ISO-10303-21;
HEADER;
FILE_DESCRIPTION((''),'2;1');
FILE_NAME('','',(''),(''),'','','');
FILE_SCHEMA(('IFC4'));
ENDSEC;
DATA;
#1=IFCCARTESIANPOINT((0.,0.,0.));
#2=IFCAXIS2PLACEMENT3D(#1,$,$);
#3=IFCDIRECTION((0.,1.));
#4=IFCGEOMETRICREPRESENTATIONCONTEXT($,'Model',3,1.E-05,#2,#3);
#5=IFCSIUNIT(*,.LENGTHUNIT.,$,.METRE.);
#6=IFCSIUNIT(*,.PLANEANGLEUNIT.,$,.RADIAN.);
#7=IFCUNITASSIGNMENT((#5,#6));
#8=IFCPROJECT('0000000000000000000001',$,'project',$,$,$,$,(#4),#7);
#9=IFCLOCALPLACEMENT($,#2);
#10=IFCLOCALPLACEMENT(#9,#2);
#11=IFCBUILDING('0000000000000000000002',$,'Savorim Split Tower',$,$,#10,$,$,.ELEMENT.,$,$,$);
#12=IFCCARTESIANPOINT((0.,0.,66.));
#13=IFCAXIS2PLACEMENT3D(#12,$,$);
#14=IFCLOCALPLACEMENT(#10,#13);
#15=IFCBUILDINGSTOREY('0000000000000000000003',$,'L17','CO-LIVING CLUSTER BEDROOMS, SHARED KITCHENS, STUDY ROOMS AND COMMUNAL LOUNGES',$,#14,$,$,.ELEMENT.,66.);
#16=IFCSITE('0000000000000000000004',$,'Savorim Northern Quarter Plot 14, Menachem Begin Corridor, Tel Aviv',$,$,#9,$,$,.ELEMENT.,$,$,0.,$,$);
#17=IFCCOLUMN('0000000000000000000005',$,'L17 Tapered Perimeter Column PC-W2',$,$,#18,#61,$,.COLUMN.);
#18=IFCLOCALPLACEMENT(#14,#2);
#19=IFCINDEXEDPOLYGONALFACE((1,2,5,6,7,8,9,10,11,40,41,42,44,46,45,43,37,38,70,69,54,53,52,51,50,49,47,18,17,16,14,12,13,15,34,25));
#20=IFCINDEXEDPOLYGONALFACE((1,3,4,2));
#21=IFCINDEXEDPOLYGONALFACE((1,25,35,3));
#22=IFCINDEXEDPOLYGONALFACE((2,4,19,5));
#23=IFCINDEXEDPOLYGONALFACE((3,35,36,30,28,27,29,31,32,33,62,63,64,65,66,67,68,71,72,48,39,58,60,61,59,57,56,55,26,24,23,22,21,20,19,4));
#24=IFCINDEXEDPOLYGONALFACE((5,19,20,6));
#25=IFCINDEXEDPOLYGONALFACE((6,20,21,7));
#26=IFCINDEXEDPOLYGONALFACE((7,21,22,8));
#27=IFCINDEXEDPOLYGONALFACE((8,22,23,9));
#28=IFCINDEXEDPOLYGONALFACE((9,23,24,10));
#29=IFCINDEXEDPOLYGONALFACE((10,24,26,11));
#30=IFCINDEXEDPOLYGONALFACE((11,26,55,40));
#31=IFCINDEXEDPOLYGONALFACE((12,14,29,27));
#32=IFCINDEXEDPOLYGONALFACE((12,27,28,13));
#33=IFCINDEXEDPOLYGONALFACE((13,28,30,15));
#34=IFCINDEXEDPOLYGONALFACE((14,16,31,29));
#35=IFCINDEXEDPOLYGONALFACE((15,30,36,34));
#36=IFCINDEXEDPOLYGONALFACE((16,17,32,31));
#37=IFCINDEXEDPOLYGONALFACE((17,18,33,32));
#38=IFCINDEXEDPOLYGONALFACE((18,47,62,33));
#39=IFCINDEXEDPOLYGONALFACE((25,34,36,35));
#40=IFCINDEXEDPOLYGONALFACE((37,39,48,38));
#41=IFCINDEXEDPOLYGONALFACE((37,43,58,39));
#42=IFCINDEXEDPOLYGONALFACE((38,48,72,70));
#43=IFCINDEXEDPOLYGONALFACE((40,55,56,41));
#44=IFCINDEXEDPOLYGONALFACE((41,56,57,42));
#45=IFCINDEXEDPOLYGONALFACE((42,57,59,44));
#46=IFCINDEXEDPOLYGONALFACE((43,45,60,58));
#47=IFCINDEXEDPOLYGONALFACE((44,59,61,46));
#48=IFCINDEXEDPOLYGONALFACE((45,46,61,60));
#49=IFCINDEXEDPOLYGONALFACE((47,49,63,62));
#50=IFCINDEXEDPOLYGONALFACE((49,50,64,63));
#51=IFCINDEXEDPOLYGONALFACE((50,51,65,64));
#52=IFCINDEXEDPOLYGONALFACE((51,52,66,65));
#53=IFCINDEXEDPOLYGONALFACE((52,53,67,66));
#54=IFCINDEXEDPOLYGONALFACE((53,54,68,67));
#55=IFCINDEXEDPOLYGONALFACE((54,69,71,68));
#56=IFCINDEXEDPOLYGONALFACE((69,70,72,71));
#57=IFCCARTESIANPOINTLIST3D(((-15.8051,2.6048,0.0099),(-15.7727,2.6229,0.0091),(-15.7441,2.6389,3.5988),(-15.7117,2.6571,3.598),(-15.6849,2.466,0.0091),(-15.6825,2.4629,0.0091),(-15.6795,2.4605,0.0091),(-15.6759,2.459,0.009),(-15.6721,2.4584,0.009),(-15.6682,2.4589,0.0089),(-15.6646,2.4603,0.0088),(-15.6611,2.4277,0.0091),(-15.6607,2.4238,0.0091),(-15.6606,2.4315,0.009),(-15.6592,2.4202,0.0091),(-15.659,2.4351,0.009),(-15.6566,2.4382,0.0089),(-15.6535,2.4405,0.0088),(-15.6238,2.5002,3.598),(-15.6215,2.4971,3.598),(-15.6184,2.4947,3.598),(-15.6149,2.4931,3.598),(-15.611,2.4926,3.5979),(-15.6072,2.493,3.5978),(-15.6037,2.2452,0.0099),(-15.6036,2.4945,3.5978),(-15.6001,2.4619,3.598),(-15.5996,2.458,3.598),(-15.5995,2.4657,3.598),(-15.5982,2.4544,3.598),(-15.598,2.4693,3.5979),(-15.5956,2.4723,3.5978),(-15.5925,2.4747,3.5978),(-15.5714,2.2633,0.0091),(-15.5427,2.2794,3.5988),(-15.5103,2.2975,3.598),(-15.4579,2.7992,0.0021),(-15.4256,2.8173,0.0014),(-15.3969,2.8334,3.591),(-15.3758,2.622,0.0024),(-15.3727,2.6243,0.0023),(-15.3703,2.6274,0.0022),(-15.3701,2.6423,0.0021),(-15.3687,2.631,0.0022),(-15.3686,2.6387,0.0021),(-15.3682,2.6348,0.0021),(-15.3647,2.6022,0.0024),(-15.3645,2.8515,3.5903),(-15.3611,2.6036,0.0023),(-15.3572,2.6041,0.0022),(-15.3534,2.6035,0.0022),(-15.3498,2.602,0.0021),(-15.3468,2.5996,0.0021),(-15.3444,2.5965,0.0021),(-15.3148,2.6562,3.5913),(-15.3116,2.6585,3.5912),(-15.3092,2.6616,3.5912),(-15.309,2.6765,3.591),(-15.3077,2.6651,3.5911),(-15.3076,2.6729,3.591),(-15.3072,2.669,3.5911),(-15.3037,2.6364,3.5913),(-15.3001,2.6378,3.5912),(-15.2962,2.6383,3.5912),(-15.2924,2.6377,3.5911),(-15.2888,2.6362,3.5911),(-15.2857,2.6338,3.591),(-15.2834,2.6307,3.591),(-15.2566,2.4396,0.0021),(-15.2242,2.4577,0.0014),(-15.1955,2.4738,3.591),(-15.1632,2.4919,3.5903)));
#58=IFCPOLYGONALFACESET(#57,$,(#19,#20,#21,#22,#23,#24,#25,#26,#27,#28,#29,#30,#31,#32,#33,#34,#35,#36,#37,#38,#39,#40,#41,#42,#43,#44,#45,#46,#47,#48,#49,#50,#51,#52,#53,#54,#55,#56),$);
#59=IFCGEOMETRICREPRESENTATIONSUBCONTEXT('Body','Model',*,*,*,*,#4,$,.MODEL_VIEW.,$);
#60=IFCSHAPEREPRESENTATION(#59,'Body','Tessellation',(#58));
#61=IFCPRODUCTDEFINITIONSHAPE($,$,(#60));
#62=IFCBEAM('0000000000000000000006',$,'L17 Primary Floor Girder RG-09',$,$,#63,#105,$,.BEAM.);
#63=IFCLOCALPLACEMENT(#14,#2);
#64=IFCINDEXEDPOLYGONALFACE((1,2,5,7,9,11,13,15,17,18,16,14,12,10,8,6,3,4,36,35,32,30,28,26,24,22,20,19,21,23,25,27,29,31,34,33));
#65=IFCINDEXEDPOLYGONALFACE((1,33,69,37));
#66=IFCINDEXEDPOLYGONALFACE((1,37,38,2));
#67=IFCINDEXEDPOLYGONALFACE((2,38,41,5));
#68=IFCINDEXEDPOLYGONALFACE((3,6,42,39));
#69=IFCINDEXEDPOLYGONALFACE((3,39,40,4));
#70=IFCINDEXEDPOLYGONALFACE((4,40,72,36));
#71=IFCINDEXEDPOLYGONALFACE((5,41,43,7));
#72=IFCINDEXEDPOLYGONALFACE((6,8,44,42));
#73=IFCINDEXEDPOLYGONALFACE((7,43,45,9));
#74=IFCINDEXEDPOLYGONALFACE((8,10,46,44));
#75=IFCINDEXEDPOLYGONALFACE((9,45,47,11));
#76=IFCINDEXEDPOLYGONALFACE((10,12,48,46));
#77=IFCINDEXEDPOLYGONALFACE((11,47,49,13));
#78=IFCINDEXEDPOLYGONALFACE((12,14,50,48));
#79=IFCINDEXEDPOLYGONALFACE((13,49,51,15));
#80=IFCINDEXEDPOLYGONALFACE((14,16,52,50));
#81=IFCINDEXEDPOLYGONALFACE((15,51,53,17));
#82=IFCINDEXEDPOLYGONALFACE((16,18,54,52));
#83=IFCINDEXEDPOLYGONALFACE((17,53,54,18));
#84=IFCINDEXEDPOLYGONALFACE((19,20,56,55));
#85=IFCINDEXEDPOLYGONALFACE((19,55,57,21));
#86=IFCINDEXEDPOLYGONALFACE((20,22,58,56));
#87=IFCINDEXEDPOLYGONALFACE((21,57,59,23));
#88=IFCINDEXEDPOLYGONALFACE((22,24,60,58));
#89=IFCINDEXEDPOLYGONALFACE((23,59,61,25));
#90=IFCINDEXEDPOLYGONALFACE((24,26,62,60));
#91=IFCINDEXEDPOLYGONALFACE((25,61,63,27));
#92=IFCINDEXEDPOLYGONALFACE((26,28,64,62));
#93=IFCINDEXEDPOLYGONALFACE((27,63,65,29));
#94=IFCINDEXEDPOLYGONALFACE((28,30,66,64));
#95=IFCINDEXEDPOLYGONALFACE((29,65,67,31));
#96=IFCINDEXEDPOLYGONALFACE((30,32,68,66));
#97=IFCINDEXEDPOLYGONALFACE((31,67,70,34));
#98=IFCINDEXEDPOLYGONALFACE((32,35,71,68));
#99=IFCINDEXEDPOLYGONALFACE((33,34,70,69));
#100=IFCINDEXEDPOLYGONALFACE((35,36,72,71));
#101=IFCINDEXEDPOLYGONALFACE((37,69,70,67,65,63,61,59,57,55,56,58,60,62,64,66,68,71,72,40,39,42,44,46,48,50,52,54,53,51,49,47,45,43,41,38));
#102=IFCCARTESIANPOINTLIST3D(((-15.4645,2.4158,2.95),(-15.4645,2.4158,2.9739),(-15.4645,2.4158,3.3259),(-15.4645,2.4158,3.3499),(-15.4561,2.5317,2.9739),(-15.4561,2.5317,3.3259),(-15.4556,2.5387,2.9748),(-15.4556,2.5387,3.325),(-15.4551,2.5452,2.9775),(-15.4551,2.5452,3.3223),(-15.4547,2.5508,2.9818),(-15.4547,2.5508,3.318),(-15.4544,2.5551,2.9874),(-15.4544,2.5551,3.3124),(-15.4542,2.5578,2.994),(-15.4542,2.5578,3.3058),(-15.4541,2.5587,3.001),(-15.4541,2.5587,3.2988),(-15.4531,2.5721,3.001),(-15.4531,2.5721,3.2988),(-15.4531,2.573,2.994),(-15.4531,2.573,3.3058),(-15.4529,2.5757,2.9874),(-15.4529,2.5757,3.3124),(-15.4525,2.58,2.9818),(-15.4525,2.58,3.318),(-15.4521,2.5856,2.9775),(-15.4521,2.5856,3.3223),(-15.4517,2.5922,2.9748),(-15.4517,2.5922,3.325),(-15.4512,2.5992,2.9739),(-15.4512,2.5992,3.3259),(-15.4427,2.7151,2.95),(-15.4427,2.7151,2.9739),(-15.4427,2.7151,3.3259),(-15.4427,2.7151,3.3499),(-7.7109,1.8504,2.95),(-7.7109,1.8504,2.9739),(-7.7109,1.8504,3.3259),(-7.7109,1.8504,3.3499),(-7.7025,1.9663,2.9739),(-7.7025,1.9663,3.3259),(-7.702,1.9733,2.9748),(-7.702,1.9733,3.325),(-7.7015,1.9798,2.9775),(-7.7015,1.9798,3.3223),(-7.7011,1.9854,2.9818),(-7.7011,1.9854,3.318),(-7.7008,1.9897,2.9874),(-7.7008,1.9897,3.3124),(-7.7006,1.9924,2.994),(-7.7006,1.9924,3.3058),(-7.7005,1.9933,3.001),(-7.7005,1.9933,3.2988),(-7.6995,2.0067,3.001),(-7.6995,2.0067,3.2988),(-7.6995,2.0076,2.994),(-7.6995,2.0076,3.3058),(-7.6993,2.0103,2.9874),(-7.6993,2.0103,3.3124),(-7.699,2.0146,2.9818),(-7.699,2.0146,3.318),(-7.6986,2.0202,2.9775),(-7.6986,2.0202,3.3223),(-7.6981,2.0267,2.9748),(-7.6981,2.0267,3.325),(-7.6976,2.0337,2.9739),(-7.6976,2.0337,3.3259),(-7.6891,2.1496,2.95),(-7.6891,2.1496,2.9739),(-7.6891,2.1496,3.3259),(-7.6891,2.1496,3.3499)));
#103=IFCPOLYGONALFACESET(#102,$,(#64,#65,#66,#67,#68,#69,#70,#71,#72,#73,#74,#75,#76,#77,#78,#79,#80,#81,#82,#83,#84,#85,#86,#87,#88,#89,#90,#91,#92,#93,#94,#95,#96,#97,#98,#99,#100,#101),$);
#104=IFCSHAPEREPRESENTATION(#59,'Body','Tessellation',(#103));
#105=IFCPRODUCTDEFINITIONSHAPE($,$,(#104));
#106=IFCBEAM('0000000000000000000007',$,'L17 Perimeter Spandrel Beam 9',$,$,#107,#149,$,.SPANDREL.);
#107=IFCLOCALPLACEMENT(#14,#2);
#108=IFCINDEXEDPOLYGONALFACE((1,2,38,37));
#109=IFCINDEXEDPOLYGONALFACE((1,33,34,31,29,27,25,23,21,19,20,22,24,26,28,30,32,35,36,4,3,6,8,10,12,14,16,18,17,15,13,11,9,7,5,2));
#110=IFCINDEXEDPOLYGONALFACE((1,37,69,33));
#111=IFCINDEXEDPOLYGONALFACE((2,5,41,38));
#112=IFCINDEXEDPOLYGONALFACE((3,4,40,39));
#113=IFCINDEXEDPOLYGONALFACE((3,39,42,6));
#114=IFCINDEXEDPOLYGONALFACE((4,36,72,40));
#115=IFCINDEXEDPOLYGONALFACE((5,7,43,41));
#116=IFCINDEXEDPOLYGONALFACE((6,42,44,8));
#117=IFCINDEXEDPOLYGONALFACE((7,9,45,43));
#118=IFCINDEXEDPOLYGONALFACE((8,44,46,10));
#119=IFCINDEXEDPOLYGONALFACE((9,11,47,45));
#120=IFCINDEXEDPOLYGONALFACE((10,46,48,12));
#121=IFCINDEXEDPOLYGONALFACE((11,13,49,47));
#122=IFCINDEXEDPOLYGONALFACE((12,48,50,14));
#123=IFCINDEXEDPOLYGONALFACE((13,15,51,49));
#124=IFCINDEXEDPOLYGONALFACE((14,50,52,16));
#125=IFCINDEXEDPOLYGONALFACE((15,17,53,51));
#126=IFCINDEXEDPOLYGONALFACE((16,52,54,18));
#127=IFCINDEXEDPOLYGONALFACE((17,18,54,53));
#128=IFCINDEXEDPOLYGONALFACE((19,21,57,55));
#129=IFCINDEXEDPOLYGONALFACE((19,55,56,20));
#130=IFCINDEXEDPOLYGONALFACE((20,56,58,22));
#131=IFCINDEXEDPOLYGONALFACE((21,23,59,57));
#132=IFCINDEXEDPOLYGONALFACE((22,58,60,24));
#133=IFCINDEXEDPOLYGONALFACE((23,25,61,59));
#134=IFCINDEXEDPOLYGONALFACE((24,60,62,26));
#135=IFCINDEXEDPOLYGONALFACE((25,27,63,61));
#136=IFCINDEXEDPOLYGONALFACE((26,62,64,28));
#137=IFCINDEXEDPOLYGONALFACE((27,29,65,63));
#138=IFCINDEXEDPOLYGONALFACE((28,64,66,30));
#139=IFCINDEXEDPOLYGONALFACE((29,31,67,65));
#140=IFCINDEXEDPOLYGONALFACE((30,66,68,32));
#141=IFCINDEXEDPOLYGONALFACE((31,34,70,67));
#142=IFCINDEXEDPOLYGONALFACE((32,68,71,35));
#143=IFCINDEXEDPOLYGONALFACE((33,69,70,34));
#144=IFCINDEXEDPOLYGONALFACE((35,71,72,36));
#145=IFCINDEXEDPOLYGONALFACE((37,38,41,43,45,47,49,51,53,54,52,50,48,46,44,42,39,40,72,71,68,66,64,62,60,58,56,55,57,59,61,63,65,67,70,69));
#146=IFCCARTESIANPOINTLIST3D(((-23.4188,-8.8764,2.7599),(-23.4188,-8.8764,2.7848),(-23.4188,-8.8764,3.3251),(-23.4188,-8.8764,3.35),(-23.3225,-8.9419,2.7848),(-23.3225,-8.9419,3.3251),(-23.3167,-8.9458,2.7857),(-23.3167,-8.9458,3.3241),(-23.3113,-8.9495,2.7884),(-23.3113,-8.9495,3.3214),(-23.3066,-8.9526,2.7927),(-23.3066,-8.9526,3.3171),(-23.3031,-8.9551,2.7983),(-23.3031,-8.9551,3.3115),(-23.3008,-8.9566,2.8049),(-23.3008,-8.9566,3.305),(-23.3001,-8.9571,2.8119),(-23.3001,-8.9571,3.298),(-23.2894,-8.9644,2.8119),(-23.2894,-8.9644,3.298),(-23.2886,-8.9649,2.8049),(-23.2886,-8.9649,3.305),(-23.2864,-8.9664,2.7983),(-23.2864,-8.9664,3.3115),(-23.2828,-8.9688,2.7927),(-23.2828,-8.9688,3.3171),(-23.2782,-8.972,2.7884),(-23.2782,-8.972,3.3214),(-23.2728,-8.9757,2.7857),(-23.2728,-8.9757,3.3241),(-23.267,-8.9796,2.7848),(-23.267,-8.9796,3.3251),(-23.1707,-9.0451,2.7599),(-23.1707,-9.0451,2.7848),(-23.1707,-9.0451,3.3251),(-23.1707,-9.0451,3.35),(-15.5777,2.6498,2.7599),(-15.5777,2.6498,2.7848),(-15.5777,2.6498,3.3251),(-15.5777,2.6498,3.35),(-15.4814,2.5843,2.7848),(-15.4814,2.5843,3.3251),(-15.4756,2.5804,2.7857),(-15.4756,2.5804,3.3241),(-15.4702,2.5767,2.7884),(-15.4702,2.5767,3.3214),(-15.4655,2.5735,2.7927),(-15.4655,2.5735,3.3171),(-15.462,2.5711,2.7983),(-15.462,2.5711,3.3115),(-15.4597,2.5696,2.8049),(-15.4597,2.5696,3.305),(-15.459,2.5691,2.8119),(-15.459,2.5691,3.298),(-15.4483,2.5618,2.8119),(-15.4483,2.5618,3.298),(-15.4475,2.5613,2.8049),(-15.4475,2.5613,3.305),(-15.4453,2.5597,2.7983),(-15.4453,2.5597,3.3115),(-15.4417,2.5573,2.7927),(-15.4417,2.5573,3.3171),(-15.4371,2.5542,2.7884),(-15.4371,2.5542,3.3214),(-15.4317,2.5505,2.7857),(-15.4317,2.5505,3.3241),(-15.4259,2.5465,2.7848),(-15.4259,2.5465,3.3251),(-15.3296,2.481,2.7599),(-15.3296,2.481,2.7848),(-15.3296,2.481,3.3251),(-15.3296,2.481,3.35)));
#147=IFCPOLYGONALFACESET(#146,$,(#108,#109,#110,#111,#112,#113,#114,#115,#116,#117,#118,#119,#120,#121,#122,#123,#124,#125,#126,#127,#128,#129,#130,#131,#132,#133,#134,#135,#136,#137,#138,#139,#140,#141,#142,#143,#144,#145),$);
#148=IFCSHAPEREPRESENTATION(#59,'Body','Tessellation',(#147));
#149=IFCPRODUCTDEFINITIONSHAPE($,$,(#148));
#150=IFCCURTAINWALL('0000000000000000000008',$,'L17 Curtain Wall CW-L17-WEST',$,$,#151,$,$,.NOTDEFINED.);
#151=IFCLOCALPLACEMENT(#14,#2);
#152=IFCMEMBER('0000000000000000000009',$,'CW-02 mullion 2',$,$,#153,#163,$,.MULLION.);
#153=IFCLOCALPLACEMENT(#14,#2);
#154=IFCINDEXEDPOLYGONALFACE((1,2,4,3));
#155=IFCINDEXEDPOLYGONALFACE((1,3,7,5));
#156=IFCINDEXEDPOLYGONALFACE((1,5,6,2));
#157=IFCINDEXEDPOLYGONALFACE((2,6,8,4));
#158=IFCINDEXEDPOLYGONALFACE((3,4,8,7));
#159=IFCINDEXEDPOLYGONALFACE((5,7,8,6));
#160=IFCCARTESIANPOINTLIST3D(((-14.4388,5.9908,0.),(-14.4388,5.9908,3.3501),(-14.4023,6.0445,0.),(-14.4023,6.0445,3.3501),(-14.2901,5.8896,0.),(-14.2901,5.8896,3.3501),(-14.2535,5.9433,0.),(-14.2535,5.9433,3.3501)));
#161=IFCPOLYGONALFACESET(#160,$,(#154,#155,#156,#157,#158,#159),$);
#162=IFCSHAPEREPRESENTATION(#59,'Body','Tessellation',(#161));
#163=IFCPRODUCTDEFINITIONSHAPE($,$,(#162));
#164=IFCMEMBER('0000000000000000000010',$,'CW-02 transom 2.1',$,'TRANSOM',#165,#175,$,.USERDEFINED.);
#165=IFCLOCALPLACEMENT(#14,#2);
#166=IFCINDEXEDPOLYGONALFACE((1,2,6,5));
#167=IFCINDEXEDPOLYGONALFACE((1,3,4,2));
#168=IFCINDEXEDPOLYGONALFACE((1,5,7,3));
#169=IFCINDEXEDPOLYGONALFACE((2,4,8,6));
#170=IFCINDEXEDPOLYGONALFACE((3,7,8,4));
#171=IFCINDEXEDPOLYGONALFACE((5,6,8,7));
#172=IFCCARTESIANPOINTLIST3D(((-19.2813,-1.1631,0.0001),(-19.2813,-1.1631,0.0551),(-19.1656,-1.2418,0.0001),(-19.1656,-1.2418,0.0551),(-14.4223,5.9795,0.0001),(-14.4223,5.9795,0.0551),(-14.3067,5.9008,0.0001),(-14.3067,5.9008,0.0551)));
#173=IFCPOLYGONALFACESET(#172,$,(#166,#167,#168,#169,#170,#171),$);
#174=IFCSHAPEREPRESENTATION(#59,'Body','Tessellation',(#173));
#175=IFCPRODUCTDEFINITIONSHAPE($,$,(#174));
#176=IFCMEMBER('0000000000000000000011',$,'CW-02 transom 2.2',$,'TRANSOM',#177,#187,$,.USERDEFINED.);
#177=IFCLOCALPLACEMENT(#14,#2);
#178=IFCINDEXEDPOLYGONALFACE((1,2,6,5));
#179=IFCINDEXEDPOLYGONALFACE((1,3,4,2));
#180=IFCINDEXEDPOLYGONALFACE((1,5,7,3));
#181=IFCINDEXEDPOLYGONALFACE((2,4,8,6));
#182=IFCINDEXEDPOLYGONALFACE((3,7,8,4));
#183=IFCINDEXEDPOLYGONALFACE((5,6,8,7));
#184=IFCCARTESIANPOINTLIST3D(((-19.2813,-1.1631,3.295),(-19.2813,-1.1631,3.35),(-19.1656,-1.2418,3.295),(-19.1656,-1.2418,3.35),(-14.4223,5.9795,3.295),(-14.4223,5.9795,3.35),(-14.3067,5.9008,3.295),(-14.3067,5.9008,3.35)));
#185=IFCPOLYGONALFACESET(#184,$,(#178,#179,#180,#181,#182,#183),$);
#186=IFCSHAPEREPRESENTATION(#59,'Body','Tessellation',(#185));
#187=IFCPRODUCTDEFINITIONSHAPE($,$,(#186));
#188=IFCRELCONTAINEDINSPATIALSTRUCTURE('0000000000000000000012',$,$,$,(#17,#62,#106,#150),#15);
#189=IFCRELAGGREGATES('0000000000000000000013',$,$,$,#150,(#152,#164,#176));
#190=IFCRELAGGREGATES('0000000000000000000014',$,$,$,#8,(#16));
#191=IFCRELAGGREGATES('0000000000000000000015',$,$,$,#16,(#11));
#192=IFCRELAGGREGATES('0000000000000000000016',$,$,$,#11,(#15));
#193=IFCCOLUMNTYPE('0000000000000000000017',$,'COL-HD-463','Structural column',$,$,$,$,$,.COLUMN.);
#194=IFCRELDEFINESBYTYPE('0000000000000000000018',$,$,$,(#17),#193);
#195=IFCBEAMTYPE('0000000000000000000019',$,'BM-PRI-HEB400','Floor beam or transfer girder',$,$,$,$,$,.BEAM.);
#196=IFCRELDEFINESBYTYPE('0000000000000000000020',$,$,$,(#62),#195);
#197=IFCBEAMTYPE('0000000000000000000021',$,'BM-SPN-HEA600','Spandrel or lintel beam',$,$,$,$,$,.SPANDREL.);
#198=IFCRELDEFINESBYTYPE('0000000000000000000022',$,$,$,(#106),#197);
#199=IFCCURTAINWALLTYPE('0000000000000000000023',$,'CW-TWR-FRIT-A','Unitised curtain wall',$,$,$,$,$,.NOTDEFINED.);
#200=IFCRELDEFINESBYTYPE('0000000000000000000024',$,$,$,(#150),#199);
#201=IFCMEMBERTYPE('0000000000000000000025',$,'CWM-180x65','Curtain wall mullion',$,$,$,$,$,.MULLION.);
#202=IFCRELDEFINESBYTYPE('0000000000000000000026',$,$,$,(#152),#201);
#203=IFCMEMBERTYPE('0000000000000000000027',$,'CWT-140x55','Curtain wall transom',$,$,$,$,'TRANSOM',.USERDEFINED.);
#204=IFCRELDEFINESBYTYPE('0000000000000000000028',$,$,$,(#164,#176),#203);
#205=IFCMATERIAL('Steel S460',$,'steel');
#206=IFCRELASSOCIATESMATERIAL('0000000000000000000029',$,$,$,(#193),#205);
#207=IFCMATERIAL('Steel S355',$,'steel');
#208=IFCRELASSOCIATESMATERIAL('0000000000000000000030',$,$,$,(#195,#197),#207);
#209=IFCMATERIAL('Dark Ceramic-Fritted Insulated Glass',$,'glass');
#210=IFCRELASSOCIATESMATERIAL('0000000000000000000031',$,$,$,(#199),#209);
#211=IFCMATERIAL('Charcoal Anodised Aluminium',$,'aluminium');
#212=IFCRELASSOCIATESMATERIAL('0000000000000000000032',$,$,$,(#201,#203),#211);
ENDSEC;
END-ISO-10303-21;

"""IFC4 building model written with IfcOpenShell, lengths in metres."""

from ifc_helpers import new_model, si_unit, direction, frame, origin, origin_2d, place, context, subcontext, project, spatial, rectangle, i_section, extrude, material, material_profile, profile_set, type_object, element, aggregate, save


model = new_model("IFC4")

# Units and contexts
model_context = context("Model", 3, precision=1e-05, world=origin(), true_north=direction((0.0, 1.0)))
body_context = subcontext(model_context, "Body", "Model", "MODEL_VIEW")
ifc_project = project(units=[si_unit("LENGTHUNIT", "METRE"), si_unit("PLANEANGLEUNIT", "RADIAN")], contexts=[model_context])

# Site, building, storey
site_placement = place(None, origin())
site = spatial("IfcSite", under=ifc_project, at=site_placement, Name="Savorim Northern Quarter Plot 14, Menachem Begin Corridor, Tel Aviv", CompositionType="ELEMENT", RefElevation=0.0)
building_placement = place(site_placement, origin())
building = spatial("IfcBuilding", under=site, at=building_placement, Name="Savorim Split Tower", CompositionType="ELEMENT")
storey_placement = place(building_placement, frame((0.0, 0.0, 66.0)))
storey = spatial("IfcBuildingStorey", under=building, at=storey_placement, Name="L17", Description="CO-LIVING CLUSTER BEDROOMS, SHARED KITCHENS, STUDY ROOMS AND COMMUNAL LOUNGES", CompositionType="ELEMENT", Elevation=66.0)

# Column
ifc_material_1 = material(Name="Steel S460", Category="steel")
ifc_material_profile_1 = material_profile(ifc_material_1, i_section(OverallWidth=0.4121, OverallDepth=0.4351, WebThickness=0.0227, FlangeThickness=0.0371, FilletRadius=0.0149, at=origin_2d()), Name="HD 400x463")
ifc_profile_set_1 = profile_set([ifc_material_profile_1], Name="Steel S460")
column_type = type_object("IfcColumnType", Name="COL-HD-463", Description="Structural column", PredefinedType="COLUMN", material=ifc_profile_set_1)
column_placement = place(storey_placement, frame((-15.5146, 2.5312, 0.0056), z_axis=(0.017004, 0.009522, 0.99981), x_axis=(-0.488603, 0.872506, 0.0)))
element("IfcColumn", 1, at=column_placement, inside=storey, type_object=column_type, Name="L17 Tapered Perimeter Column PC-W2", PredefinedType="COLUMN", context=body_context, shape_type="SweptSolid", body=[
    extrude(i_section(OverallWidth=0.4121, OverallDepth=0.4351, WebThickness=0.0227, FlangeThickness=0.0371, FilletRadius=0.0149, at=origin_2d()), origin(), (0.0, 0.0, 1.0), 3.5896),
])

# Beams
ifc_material_2 = material(Name="Steel S355", Category="steel")
ifc_material_profile_2 = material_profile(ifc_material_2, i_section(OverallWidth=0.3, OverallDepth=0.3999, WebThickness=0.0134, FlangeThickness=0.0239, FilletRadius=0.0271, at=origin_2d()), Name="HEB 400")
ifc_profile_set_2 = profile_set([ifc_material_profile_2], Name="Steel S355")
beam_type_1 = type_object("IfcBeamType", Name="BM-PRI-HEB400", Description="Floor beam or transfer girder", PredefinedType="BEAM", material=ifc_profile_set_2)
beam_1_placement = place(storey_placement, frame((-15.4536, 2.5654, 3.1499), z_axis=(0.997352, -0.072731, 0.0), x_axis=(0.072731, 0.997352, 0.0)))
element("IfcBeam", 2, at=beam_1_placement, inside=storey, type_object=beam_type_1, Name="L17 Primary Floor Girder RG-09", PredefinedType="BEAM", context=body_context, shape_type="SweptSolid", body=[
    extrude(i_section(OverallWidth=0.3, OverallDepth=0.3999, WebThickness=0.0134, FlangeThickness=0.0239, FilletRadius=0.0271, at=origin_2d()), origin(), (0.0, 0.0, 1.0), 7.7742),
])
ifc_material_profile_3 = material_profile(ifc_material_2, i_section(OverallWidth=0.3, OverallDepth=0.5901, WebThickness=0.0129, FlangeThickness=0.0249, FilletRadius=0.0271, at=origin_2d()), Name="HEA 600")
ifc_profile_set_3 = profile_set([ifc_material_profile_3], Name="Steel S355")
beam_type_2 = type_object("IfcBeamType", Name="BM-SPN-HEA600", Description="Spandrel or lintel beam", PredefinedType="SPANDREL", material=ifc_profile_set_3)
beam_2_placement = place(storey_placement, frame((-15.4536, 2.5654, 3.0549), z_axis=(-0.562472, -0.826816, 0.0), x_axis=(0.826816, -0.562472, 0.0)))
element("IfcBeam", 3, at=beam_2_placement, inside=storey, type_object=beam_type_2, Name="L17 Perimeter Spandrel Beam 9", PredefinedType="SPANDREL", context=body_context, shape_type="SweptSolid", body=[
    extrude(i_section(OverallWidth=0.3, OverallDepth=0.5901, WebThickness=0.0129, FlangeThickness=0.0249, FilletRadius=0.0271, at=origin_2d()), origin(), (0.0, 0.0, 1.0), 13.9404),
])

# Curtain wall, members
ifc_material_3 = material(Name="Dark Ceramic-Fritted Insulated Glass", Category="glass")
curtain_wall_type = type_object("IfcCurtainWallType", Name="CW-TWR-FRIT-A", Description="Unitised curtain wall", PredefinedType="NOTDEFINED", material=ifc_material_3)
curtain_wall_placement = place(storey_placement, origin())
curtain_wall = element("IfcCurtainWall", 4, at=curtain_wall_placement, inside=storey, type_object=curtain_wall_type, Name="L17 Curtain Wall CW-L17-WEST", PredefinedType="NOTDEFINED")
ifc_material_4 = material(Name="Charcoal Anodised Aluminium", Category="aluminium")
ifc_material_profile_4 = material_profile(ifc_material_4, rectangle(XDim=0.1799, YDim=0.0649, at=origin_2d()), Name="ALU-M 180x65")
ifc_profile_set_4 = profile_set([ifc_material_profile_4], Name="Charcoal Anodised Aluminium")
member_type_1 = type_object("IfcMemberType", Name="CWM-180x65", Description="Curtain wall mullion", PredefinedType="MULLION", material=ifc_profile_set_4)
member_1_placement = place(storey_placement, frame((-14.3462, 5.967, 0.0), z_axis=(0.0, 0.0, 1.0), x_axis=(0.82682, -0.562466, 0.0)))
member_1 = element("IfcMember", 5, at=member_1_placement, type_object=member_type_1, Name="CW-02 mullion 2", PredefinedType="MULLION", context=body_context, shape_type="SweptSolid", body=[
    extrude(rectangle(XDim=0.1799, YDim=0.0649, at=origin_2d()), origin(), (0.0, 0.0, 1.0), 3.3501),
])
ifc_material_profile_5 = material_profile(ifc_material_4, rectangle(XDim=0.1399, YDim=0.0549, at=origin_2d()), Name="ALU-T 140x55")
ifc_profile_set_5 = profile_set([ifc_material_profile_5], Name="Charcoal Anodised Aluminium")
member_type_2 = type_object("IfcMemberType", Name="CWT-140x55", Description="Curtain wall transom", ElementType="TRANSOM", PredefinedType="USERDEFINED", material=ifc_profile_set_5)
member_2_placement = place(storey_placement, frame((-14.3645, 5.9402, 0.0276), z_axis=(-0.562463, -0.826822, 0.0), x_axis=(0.826822, -0.562463, 0.0)))
member_2 = element("IfcMember", 6, at=member_2_placement, type_object=member_type_2, Name="CW-02 transom 2.1", ObjectType="TRANSOM", PredefinedType="USERDEFINED", context=body_context, shape_type="SweptSolid", body=[
    extrude(rectangle(XDim=0.1399, YDim=0.0549, at=origin_2d()), origin(), (0.0, 0.0, 1.0), 8.6387),
])
member_3_placement = place(storey_placement, frame((-14.3645, 5.9402, 3.3225), z_axis=(-0.562463, -0.826822, 0.0), x_axis=(0.826822, -0.562463, 0.0)))
member_3 = element("IfcMember", 7, at=member_3_placement, type_object=member_type_2, Name="CW-02 transom 2.2", ObjectType="TRANSOM", PredefinedType="USERDEFINED", context=body_context, shape_type="SweptSolid", body=[
    extrude(rectangle(XDim=0.1399, YDim=0.0549, at=origin_2d()), origin(), (0.0, 0.0, 1.0), 8.6387),
])
aggregate(curtain_wall, [member_1, member_2, member_3])

save(model, "model.ifc")
